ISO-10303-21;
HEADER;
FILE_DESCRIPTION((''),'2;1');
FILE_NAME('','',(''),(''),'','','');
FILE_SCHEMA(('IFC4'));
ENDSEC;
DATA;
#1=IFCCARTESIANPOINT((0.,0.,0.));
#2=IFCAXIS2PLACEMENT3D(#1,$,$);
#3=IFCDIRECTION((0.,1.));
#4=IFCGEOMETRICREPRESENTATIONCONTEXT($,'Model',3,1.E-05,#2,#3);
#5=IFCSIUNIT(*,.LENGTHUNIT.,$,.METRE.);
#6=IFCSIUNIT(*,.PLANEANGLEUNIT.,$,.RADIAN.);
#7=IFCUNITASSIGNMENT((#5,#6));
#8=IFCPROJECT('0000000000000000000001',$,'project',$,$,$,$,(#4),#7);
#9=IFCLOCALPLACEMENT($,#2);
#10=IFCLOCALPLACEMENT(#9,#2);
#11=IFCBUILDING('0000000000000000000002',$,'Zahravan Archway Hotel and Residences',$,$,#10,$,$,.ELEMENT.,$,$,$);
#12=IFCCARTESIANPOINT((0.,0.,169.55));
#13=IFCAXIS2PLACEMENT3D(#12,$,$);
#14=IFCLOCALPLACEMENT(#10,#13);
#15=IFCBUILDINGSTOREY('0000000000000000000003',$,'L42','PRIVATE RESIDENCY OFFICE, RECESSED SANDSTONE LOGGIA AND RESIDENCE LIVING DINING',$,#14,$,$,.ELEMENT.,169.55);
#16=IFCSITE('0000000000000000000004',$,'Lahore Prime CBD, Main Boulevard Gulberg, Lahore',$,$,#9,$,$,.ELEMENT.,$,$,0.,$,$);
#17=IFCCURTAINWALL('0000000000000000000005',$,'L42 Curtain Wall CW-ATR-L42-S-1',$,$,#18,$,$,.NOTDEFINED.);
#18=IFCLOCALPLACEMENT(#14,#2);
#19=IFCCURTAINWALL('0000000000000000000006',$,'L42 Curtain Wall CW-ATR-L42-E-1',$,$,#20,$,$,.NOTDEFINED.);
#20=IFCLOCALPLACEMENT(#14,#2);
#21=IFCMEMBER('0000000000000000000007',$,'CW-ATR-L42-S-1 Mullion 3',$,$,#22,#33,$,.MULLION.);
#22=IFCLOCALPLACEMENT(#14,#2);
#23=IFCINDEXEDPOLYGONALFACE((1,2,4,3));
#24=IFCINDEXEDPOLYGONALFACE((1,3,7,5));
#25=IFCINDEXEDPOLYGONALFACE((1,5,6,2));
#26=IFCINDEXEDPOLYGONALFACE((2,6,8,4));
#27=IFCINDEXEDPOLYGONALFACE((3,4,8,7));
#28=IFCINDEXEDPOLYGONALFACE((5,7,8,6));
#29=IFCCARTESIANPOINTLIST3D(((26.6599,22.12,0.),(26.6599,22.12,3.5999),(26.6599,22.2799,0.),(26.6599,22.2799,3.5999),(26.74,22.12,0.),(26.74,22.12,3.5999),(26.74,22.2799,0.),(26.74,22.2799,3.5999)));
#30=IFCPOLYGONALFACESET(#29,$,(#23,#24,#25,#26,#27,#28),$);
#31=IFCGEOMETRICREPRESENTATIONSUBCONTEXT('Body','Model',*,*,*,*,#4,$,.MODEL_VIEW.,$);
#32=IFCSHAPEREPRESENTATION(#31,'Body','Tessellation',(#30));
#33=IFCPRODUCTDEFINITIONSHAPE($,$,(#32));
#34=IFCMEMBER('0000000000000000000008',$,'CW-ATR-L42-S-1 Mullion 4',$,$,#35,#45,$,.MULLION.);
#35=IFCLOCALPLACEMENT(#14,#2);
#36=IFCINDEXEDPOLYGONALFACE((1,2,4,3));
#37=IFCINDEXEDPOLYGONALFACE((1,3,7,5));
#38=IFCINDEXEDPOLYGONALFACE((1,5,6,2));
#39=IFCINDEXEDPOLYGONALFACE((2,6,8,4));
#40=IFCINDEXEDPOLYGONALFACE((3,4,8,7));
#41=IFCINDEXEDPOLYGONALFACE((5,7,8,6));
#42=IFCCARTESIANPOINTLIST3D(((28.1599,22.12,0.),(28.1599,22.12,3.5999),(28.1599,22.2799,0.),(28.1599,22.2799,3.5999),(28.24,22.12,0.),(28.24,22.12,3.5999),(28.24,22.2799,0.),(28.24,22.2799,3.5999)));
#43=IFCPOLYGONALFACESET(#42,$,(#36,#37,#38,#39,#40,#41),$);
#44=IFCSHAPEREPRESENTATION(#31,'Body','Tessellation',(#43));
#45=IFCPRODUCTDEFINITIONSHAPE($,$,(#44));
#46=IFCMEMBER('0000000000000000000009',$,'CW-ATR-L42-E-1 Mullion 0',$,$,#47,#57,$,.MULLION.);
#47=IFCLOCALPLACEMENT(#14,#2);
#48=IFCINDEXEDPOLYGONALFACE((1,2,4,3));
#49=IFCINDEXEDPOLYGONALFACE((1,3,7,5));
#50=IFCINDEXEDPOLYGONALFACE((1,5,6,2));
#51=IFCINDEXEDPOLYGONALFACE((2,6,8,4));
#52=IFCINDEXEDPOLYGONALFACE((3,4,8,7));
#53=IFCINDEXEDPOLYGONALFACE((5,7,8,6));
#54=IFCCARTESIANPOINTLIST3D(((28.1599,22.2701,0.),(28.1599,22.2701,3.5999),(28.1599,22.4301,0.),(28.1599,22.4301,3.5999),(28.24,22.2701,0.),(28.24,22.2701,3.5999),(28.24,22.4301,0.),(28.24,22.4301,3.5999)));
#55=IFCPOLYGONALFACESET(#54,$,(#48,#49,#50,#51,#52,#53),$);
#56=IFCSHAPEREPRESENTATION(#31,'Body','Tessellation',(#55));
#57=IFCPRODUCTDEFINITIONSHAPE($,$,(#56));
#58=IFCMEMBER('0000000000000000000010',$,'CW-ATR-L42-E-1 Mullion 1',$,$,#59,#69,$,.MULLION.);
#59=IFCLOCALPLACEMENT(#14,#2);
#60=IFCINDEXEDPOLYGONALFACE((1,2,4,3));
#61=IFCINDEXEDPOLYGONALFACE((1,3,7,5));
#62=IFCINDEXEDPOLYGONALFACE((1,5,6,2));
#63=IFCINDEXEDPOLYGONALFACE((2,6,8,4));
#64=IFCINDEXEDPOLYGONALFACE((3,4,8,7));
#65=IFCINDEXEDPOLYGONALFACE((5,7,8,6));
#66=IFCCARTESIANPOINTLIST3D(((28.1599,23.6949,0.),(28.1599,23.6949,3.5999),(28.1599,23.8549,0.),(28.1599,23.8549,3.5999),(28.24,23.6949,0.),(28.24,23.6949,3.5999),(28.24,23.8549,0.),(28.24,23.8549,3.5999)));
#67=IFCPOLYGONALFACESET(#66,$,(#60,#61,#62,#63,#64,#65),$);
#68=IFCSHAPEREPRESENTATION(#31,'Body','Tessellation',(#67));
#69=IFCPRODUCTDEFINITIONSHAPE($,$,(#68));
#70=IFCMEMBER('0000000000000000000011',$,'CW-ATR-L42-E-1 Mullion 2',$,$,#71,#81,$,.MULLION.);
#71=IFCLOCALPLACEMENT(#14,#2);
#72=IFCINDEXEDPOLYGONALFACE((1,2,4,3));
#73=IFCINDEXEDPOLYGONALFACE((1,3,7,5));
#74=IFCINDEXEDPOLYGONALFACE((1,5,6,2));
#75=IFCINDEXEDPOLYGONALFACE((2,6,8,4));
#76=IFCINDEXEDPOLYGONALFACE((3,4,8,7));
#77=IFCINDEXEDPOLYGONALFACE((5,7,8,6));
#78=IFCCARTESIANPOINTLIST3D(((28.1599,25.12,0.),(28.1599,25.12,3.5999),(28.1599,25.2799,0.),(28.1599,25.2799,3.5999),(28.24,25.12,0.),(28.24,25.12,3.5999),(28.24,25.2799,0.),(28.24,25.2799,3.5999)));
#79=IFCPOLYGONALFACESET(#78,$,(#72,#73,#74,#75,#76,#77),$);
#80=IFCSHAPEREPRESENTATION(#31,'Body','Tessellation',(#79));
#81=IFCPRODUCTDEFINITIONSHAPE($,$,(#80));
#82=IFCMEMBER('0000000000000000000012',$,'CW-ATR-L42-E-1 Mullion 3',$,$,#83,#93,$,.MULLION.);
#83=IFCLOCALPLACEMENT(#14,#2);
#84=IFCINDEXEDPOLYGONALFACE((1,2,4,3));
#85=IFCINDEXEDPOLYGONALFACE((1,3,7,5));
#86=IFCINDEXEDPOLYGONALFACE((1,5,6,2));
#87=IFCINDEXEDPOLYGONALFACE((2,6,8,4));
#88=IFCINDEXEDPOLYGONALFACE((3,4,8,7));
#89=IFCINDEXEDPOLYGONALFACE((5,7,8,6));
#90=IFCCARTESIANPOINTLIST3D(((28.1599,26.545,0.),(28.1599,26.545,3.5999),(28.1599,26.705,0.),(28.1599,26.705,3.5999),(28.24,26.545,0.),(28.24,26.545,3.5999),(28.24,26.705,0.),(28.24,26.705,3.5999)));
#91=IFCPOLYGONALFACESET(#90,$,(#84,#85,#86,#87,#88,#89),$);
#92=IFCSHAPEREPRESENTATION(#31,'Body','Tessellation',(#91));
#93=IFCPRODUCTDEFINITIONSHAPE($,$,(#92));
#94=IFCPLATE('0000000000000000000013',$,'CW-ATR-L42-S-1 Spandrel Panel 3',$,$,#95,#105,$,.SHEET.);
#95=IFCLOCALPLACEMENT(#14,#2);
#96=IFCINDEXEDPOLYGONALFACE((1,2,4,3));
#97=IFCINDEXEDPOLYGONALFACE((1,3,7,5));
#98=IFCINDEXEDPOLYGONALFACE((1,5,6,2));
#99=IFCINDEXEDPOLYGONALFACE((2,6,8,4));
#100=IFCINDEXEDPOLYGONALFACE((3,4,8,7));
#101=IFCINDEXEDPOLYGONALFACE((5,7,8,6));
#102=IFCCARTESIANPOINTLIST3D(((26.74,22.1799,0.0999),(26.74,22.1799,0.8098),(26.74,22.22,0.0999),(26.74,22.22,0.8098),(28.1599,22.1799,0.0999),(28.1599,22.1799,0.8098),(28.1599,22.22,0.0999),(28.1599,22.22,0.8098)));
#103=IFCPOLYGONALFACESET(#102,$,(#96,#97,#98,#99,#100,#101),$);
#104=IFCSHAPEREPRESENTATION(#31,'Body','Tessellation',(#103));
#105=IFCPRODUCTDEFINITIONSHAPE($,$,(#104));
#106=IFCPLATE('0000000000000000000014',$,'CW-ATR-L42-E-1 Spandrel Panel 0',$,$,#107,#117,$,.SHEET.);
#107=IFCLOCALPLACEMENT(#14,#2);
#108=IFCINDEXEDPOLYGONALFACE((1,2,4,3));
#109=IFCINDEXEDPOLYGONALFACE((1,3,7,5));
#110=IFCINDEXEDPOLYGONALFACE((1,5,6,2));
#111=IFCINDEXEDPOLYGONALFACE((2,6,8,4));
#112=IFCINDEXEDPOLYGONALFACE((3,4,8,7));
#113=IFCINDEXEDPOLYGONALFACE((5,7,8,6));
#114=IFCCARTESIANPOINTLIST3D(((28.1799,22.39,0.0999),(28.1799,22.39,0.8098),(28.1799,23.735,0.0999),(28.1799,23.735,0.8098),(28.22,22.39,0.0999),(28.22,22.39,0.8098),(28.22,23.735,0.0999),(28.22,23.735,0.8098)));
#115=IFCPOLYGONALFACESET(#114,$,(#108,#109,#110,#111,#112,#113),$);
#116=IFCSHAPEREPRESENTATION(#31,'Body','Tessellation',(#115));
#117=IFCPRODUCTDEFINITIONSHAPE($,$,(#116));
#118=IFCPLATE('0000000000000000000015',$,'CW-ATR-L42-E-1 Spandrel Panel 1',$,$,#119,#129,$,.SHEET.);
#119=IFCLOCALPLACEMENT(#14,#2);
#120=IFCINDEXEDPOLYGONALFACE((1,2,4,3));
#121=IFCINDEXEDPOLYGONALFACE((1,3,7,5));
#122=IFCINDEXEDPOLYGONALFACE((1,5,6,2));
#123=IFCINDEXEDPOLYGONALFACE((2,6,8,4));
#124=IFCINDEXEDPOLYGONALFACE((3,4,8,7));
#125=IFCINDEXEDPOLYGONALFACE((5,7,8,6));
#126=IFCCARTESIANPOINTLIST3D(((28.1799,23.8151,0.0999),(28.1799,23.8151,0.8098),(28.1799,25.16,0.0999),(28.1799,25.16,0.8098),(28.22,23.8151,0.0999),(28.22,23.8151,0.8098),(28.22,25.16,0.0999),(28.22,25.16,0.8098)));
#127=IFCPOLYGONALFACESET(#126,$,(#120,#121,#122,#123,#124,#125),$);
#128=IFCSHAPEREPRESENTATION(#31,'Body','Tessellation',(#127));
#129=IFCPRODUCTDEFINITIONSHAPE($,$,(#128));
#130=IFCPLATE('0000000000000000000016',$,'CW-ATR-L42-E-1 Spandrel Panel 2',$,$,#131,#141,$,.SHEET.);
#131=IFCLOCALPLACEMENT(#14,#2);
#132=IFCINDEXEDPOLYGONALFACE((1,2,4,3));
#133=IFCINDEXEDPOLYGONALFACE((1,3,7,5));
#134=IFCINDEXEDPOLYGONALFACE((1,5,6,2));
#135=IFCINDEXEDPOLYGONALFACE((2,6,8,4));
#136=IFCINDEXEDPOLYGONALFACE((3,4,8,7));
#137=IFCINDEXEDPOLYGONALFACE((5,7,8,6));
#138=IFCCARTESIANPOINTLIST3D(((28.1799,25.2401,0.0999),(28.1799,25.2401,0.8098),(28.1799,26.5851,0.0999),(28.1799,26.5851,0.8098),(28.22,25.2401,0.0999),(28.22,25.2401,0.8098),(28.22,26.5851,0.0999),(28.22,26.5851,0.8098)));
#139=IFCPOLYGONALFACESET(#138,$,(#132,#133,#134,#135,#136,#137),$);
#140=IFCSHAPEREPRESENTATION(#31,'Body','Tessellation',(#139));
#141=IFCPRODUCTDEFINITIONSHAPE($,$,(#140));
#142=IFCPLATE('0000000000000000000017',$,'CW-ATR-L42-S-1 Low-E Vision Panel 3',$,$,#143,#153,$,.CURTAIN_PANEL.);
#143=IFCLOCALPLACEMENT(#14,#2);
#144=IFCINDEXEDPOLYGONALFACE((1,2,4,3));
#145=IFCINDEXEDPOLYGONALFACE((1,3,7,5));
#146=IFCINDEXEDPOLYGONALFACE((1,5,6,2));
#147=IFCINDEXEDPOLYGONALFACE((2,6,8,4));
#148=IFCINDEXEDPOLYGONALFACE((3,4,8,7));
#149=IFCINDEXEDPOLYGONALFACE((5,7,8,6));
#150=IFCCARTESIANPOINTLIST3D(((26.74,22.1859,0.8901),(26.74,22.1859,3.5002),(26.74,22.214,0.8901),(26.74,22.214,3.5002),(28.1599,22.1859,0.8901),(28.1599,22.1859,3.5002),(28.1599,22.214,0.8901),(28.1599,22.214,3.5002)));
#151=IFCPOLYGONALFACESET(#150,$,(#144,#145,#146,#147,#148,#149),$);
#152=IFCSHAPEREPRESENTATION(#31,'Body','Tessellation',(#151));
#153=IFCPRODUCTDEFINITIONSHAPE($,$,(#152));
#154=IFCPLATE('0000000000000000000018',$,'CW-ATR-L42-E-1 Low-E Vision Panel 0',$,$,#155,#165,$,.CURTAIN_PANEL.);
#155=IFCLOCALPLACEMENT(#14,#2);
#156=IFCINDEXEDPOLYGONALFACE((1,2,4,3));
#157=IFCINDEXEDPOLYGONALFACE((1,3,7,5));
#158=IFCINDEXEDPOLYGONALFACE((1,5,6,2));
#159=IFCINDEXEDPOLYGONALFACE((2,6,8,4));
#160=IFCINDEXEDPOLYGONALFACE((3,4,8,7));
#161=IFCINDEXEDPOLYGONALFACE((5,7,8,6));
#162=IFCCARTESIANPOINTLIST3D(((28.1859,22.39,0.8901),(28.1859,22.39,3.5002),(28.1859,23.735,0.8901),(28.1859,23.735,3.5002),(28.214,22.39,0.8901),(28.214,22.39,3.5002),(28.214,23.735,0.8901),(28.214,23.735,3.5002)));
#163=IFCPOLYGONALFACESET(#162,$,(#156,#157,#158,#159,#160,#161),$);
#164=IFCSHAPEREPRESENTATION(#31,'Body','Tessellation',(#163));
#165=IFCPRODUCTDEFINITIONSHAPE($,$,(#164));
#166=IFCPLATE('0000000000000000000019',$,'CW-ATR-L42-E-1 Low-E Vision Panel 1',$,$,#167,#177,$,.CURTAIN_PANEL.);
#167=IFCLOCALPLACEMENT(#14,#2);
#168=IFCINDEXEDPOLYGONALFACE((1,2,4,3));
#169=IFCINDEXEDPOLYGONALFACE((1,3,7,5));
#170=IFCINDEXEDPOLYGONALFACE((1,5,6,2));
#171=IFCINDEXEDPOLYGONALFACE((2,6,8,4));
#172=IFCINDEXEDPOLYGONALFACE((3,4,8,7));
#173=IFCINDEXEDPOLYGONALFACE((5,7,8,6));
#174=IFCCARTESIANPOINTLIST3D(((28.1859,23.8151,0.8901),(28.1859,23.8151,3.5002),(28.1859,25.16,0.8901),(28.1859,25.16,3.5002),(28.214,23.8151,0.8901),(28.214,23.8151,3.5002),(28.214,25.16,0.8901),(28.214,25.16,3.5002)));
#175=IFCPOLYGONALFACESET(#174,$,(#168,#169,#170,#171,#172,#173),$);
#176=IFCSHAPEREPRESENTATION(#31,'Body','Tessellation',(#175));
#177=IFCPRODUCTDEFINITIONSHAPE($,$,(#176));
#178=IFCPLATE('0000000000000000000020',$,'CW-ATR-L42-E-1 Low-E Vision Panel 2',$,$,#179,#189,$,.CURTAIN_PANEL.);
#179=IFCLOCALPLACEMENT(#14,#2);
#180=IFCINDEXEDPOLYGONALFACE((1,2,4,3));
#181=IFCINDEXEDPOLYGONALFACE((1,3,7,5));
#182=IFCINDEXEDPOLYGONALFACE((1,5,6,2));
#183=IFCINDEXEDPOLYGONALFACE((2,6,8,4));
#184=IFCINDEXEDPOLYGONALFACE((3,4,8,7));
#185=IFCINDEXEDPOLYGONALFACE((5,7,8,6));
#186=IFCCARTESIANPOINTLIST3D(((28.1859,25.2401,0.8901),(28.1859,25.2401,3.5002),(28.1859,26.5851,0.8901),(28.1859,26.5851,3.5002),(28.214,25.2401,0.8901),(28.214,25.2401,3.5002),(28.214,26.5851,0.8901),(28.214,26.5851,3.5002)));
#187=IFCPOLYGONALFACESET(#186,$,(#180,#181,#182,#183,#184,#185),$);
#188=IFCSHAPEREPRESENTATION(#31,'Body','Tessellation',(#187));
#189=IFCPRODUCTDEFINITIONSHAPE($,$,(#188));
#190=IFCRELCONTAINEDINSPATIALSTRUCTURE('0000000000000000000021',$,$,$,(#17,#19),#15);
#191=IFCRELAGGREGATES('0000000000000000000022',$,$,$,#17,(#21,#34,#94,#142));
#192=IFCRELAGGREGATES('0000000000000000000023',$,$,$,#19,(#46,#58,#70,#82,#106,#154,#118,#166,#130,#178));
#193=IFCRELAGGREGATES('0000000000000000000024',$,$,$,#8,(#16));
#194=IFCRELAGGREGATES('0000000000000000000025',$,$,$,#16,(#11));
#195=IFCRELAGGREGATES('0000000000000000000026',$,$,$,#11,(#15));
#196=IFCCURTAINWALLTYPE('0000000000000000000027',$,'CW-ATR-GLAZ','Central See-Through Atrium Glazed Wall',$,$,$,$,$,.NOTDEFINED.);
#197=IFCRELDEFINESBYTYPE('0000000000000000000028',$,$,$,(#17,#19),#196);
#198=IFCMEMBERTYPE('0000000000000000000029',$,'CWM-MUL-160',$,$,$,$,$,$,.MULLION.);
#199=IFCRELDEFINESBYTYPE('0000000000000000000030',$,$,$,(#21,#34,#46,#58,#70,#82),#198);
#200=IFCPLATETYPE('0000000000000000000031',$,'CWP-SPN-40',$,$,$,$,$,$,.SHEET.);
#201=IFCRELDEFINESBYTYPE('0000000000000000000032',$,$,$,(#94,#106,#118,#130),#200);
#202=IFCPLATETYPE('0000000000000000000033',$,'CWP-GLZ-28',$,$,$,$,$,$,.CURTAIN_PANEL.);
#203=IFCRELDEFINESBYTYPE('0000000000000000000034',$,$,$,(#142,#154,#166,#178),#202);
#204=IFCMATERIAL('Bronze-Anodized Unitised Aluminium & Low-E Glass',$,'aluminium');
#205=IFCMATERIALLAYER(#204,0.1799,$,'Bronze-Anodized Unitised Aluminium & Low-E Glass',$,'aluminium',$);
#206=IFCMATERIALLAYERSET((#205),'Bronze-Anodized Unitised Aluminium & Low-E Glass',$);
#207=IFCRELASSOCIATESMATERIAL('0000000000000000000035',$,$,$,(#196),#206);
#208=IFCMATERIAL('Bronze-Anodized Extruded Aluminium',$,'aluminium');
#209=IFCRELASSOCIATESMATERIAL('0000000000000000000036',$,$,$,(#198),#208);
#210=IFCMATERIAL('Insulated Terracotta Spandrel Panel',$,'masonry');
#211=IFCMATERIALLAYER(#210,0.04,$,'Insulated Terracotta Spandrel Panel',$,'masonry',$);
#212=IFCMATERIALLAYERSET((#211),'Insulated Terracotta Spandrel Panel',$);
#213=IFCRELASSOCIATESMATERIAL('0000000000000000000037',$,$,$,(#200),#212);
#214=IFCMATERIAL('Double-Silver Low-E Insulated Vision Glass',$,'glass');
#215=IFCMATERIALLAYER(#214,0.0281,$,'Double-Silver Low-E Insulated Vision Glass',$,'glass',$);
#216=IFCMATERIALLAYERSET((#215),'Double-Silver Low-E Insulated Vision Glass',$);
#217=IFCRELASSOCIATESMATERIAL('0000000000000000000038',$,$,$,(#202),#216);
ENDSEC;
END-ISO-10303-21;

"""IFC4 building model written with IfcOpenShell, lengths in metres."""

from ifc_helpers import new_model, si_unit, direction, frame, origin, origin_2d, place, context, subcontext, project, spatial, rectangle, extrude, source, transform, mapped, material, layer, layer_set, material_profile, profile_set, type_object, element, aggregate, save


model = new_model("IFC4")

# Units and contexts
model_context = context("Model", 3, precision=1e-05, world=origin(), true_north=direction((0.0, 1.0)))
body_context = subcontext(model_context, "Body", "Model", "MODEL_VIEW")
ifc_project = project(units=[si_unit("LENGTHUNIT", "METRE"), si_unit("PLANEANGLEUNIT", "RADIAN")], contexts=[model_context])

# Site, building, storey
site_placement = place(None, origin())
site = spatial("IfcSite", under=ifc_project, at=site_placement, Name="Lahore Prime CBD, Main Boulevard Gulberg, Lahore", CompositionType="ELEMENT", RefElevation=0.0)
building_placement = place(site_placement, origin())
building = spatial("IfcBuilding", under=site, at=building_placement, Name="Zahravan Archway Hotel and Residences", CompositionType="ELEMENT")
storey_placement = place(building_placement, frame((0.0, 0.0, 169.55)))
storey = spatial("IfcBuildingStorey", under=building, at=storey_placement, Name="L42", Description="PRIVATE RESIDENCY OFFICE, RECESSED SANDSTONE LOGGIA AND RESIDENCE LIVING DINING", CompositionType="ELEMENT", Elevation=169.55)

# Curtain walls
ifc_material_1 = material(Name="Bronze-Anodized Unitised Aluminium & Low-E Glass", Category="aluminium")
ifc_layer_1 = layer(ifc_material_1, 0.1799, Name="Bronze-Anodized Unitised Aluminium & Low-E Glass", Category="aluminium")
ifc_layer_set_1 = layer_set([ifc_layer_1], Name="Bronze-Anodized Unitised Aluminium & Low-E Glass")
curtain_wall_type = type_object("IfcCurtainWallType", Name="CW-ATR-GLAZ", Description="Central See-Through Atrium Glazed Wall", PredefinedType="NOTDEFINED", material=ifc_layer_set_1)
curtain_wall_1_placement = place(storey_placement, origin())
curtain_wall_1 = element("IfcCurtainWall", 1, at=curtain_wall_1_placement, inside=storey, type_object=curtain_wall_type, Name="L42 Curtain Wall CW-ATR-L42-S-1", PredefinedType="NOTDEFINED")
ifc_material_2 = material(Name="Bronze-Anodized Extruded Aluminium", Category="aluminium")
curtain_wall_2_placement = place(storey_placement, origin())
curtain_wall_2 = element("IfcCurtainWall", 2, at=curtain_wall_2_placement, inside=storey, type_object=curtain_wall_type, Name="L42 Curtain Wall CW-ATR-L42-E-1", PredefinedType="NOTDEFINED")

# Members
ifc_material_profile_1 = material_profile(ifc_material_2, rectangle(XDim=0.0801, YDim=0.1599, at=origin_2d()), Name="MUL 80x160", Category="aluminium")
ifc_profile_set_1 = profile_set([ifc_material_profile_1], Name="Bronze-Anodized Extruded Aluminium")
member_type_1 = type_object("IfcMemberType", Name="CWM-MUL-160", PredefinedType="MULLION", material=ifc_profile_set_1)
shared_shape_1 = source(origin(), body_context, "Body", "SweptSolid", [
    extrude(rectangle(XDim=0.0801, YDim=0.1599, at=origin_2d()), origin(), (0.0, 0.0, 1.0), 3.5999),
])
member_1_placement = place(storey_placement, frame((26.7, 22.2, 0.0), z_axis=(0.0, 0.0, 1.0), x_axis=(1.0, 0.0, 0.0)))
member_1 = element("IfcMember", 3, at=member_1_placement, type_object=member_type_1, Name="CW-ATR-L42-S-1 Mullion 3", PredefinedType="MULLION", context=body_context, shape_type="MappedRepresentation", body=[
    mapped(shared_shape_1, transform((0.0, 0.0, 0.0), scale=1.0)),
])
member_2_placement = place(storey_placement, frame((28.2, 22.2, 0.0), z_axis=(0.0, 0.0, 1.0), x_axis=(1.0, 0.0, 0.0)))
member_2 = element("IfcMember", 4, at=member_2_placement, type_object=member_type_1, Name="CW-ATR-L42-S-1 Mullion 4", PredefinedType="MULLION", context=body_context, shape_type="MappedRepresentation", body=[
    mapped(shared_shape_1, transform((0.0, 0.0, 0.0), scale=1.0)),
])
member_3_placement = place(storey_placement, frame((28.2, 22.3501, 0.0), z_axis=(0.0, 0.0, 1.0), x_axis=(1.0, 0.0, 0.0)))
member_3 = element("IfcMember", 5, at=member_3_placement, type_object=member_type_1, Name="CW-ATR-L42-E-1 Mullion 0", PredefinedType="MULLION", context=body_context, shape_type="MappedRepresentation", body=[
    mapped(shared_shape_1, transform((0.0, 0.0, 0.0), scale=1.0)),
])
member_4_placement = place(storey_placement, frame((28.2, 23.7749, 0.0), z_axis=(0.0, 0.0, 1.0), x_axis=(1.0, 0.0, 0.0)))
member_4 = element("IfcMember", 6, at=member_4_placement, type_object=member_type_1, Name="CW-ATR-L42-E-1 Mullion 1", PredefinedType="MULLION", context=body_context, shape_type="MappedRepresentation", body=[
    mapped(shared_shape_1, transform((0.0, 0.0, 0.0), scale=1.0)),
])
member_5_placement = place(storey_placement, frame((28.2, 25.2, 0.0), z_axis=(0.0, 0.0, 1.0), x_axis=(1.0, 0.0, 0.0)))
member_5 = element("IfcMember", 7, at=member_5_placement, type_object=member_type_1, Name="CW-ATR-L42-E-1 Mullion 2", PredefinedType="MULLION", context=body_context, shape_type="MappedRepresentation", body=[
    mapped(shared_shape_1, transform((0.0, 0.0, 0.0), scale=1.0)),
])
member_6_placement = place(storey_placement, frame((28.2, 26.625, 0.0), z_axis=(0.0, 0.0, 1.0), x_axis=(1.0, 0.0, 0.0)))
member_6 = element("IfcMember", 8, at=member_6_placement, type_object=member_type_1, Name="CW-ATR-L42-E-1 Mullion 3", PredefinedType="MULLION", context=body_context, shape_type="MappedRepresentation", body=[
    mapped(shared_shape_1, transform((0.0, 0.0, 0.0), scale=1.0)),
])

# Plates
ifc_material_3 = material(Name="Insulated Terracotta Spandrel Panel", Category="masonry")
ifc_layer_2 = layer(ifc_material_3, 0.04, Name="Insulated Terracotta Spandrel Panel", Category="masonry")
ifc_layer_set_2 = layer_set([ifc_layer_2], Name="Insulated Terracotta Spandrel Panel")
plate_type_1 = type_object("IfcPlateType", Name="CWP-SPN-40", PredefinedType="SHEET", material=ifc_layer_set_2)
shared_shape_2 = source(origin(), body_context, "Body", "SweptSolid", [
    extrude(rectangle(XDim=1.4199, YDim=0.04, at=origin_2d()), origin(), (0.0, 0.0, 1.0), 0.71),
])
plate_1_placement = place(storey_placement, frame((27.45, 22.2, 0.0999), z_axis=(0.0, 0.0, 1.0), x_axis=(1.0, 0.0, 0.0)))
plate_1 = element("IfcPlate", 9, at=plate_1_placement, type_object=plate_type_1, Name="CW-ATR-L42-S-1 Spandrel Panel 3", PredefinedType="SHEET", context=body_context, shape_type="MappedRepresentation", body=[
    mapped(shared_shape_2, transform((0.0, 0.0, 0.0), scale=1.0)),
])
shared_shape_3 = source(origin(), body_context, "Body", "SweptSolid", [
    extrude(rectangle(XDim=1.345, YDim=0.04, at=origin_2d()), origin(), (0.0, 0.0, 1.0), 0.71),
])
plate_2_placement = place(storey_placement, frame((28.2, 23.0625, 0.0999), z_axis=(0.0, 0.0, 1.0), x_axis=(0.0, 1.0, 0.0)))
plate_2 = element("IfcPlate", 10, at=plate_2_placement, type_object=plate_type_1, Name="CW-ATR-L42-E-1 Spandrel Panel 0", PredefinedType="SHEET", context=body_context, shape_type="MappedRepresentation", body=[
    mapped(shared_shape_3, transform((0.0, 0.0, 0.0), scale=1.0)),
])
plate_3_placement = place(storey_placement, frame((28.2, 24.4875, 0.0999), z_axis=(0.0, 0.0, 1.0), x_axis=(0.0, 1.0, 0.0)))
plate_3 = element("IfcPlate", 11, at=plate_3_placement, type_object=plate_type_1, Name="CW-ATR-L42-E-1 Spandrel Panel 1", PredefinedType="SHEET", context=body_context, shape_type="MappedRepresentation", body=[
    mapped(shared_shape_3, transform((0.0, 0.0, 0.0), scale=1.0)),
])
plate_4_placement = place(storey_placement, frame((28.2, 25.9126, 0.0999), z_axis=(0.0, 0.0, 1.0), x_axis=(0.0, 1.0, 0.0)))
plate_4 = element("IfcPlate", 12, at=plate_4_placement, type_object=plate_type_1, Name="CW-ATR-L42-E-1 Spandrel Panel 2", PredefinedType="SHEET", context=body_context, shape_type="MappedRepresentation", body=[
    mapped(shared_shape_3, transform((0.0, 0.0, 0.0), scale=1.0)),
])
ifc_material_4 = material(Name="Double-Silver Low-E Insulated Vision Glass", Category="glass")
ifc_layer_3 = layer(ifc_material_4, 0.0281, Name="Double-Silver Low-E Insulated Vision Glass", Category="glass")
ifc_layer_set_3 = layer_set([ifc_layer_3], Name="Double-Silver Low-E Insulated Vision Glass")
plate_type_2 = type_object("IfcPlateType", Name="CWP-GLZ-28", PredefinedType="CURTAIN_PANEL", material=ifc_layer_set_3)
shared_shape_4 = source(origin(), body_context, "Body", "SweptSolid", [
    extrude(rectangle(XDim=1.4199, YDim=0.0281, at=origin_2d()), origin(), (0.0, 0.0, 1.0), 2.6101),
])
plate_5_placement = place(storey_placement, frame((27.45, 22.2, 0.8901), z_axis=(0.0, 0.0, 1.0), x_axis=(1.0, 0.0, 0.0)))
plate_5 = element("IfcPlate", 13, at=plate_5_placement, type_object=plate_type_2, Name="CW-ATR-L42-S-1 Low-E Vision Panel 3", PredefinedType="CURTAIN_PANEL", context=body_context, shape_type="MappedRepresentation", body=[
    mapped(shared_shape_4, transform((0.0, 0.0, 0.0), scale=1.0)),
])
aggregate(curtain_wall_1, [member_1, member_2, plate_1, plate_5])
shared_shape_5 = source(origin(), body_context, "Body", "SweptSolid", [
    extrude(rectangle(XDim=1.345, YDim=0.0281, at=origin_2d()), origin(), (0.0, 0.0, 1.0), 2.6101),
])
plate_6_placement = place(storey_placement, frame((28.2, 23.0625, 0.8901), z_axis=(0.0, 0.0, 1.0), x_axis=(0.0, 1.0, 0.0)))
plate_6 = element("IfcPlate", 14, at=plate_6_placement, type_object=plate_type_2, Name="CW-ATR-L42-E-1 Low-E Vision Panel 0", PredefinedType="CURTAIN_PANEL", context=body_context, shape_type="MappedRepresentation", body=[
    mapped(shared_shape_5, transform((0.0, 0.0, 0.0), scale=1.0)),
])
plate_7_placement = place(storey_placement, frame((28.2, 24.4875, 0.8901), z_axis=(0.0, 0.0, 1.0), x_axis=(0.0, 1.0, 0.0)))
plate_7 = element("IfcPlate", 15, at=plate_7_placement, type_object=plate_type_2, Name="CW-ATR-L42-E-1 Low-E Vision Panel 1", PredefinedType="CURTAIN_PANEL", context=body_context, shape_type="MappedRepresentation", body=[
    mapped(shared_shape_5, transform((0.0, 0.0, 0.0), scale=1.0)),
])
plate_8_placement = place(storey_placement, frame((28.2, 25.9126, 0.8901), z_axis=(0.0, 0.0, 1.0), x_axis=(0.0, 1.0, 0.0)))
plate_8 = element("IfcPlate", 16, at=plate_8_placement, type_object=plate_type_2, Name="CW-ATR-L42-E-1 Low-E Vision Panel 2", PredefinedType="CURTAIN_PANEL", context=body_context, shape_type="MappedRepresentation", body=[
    mapped(shared_shape_5, transform((0.0, 0.0, 0.0), scale=1.0)),
])
aggregate(curtain_wall_2, [member_3, member_4, member_5, member_6, plate_2, plate_6, plate_3, plate_7, plate_4, plate_8])

save(model, "model.ifc")
